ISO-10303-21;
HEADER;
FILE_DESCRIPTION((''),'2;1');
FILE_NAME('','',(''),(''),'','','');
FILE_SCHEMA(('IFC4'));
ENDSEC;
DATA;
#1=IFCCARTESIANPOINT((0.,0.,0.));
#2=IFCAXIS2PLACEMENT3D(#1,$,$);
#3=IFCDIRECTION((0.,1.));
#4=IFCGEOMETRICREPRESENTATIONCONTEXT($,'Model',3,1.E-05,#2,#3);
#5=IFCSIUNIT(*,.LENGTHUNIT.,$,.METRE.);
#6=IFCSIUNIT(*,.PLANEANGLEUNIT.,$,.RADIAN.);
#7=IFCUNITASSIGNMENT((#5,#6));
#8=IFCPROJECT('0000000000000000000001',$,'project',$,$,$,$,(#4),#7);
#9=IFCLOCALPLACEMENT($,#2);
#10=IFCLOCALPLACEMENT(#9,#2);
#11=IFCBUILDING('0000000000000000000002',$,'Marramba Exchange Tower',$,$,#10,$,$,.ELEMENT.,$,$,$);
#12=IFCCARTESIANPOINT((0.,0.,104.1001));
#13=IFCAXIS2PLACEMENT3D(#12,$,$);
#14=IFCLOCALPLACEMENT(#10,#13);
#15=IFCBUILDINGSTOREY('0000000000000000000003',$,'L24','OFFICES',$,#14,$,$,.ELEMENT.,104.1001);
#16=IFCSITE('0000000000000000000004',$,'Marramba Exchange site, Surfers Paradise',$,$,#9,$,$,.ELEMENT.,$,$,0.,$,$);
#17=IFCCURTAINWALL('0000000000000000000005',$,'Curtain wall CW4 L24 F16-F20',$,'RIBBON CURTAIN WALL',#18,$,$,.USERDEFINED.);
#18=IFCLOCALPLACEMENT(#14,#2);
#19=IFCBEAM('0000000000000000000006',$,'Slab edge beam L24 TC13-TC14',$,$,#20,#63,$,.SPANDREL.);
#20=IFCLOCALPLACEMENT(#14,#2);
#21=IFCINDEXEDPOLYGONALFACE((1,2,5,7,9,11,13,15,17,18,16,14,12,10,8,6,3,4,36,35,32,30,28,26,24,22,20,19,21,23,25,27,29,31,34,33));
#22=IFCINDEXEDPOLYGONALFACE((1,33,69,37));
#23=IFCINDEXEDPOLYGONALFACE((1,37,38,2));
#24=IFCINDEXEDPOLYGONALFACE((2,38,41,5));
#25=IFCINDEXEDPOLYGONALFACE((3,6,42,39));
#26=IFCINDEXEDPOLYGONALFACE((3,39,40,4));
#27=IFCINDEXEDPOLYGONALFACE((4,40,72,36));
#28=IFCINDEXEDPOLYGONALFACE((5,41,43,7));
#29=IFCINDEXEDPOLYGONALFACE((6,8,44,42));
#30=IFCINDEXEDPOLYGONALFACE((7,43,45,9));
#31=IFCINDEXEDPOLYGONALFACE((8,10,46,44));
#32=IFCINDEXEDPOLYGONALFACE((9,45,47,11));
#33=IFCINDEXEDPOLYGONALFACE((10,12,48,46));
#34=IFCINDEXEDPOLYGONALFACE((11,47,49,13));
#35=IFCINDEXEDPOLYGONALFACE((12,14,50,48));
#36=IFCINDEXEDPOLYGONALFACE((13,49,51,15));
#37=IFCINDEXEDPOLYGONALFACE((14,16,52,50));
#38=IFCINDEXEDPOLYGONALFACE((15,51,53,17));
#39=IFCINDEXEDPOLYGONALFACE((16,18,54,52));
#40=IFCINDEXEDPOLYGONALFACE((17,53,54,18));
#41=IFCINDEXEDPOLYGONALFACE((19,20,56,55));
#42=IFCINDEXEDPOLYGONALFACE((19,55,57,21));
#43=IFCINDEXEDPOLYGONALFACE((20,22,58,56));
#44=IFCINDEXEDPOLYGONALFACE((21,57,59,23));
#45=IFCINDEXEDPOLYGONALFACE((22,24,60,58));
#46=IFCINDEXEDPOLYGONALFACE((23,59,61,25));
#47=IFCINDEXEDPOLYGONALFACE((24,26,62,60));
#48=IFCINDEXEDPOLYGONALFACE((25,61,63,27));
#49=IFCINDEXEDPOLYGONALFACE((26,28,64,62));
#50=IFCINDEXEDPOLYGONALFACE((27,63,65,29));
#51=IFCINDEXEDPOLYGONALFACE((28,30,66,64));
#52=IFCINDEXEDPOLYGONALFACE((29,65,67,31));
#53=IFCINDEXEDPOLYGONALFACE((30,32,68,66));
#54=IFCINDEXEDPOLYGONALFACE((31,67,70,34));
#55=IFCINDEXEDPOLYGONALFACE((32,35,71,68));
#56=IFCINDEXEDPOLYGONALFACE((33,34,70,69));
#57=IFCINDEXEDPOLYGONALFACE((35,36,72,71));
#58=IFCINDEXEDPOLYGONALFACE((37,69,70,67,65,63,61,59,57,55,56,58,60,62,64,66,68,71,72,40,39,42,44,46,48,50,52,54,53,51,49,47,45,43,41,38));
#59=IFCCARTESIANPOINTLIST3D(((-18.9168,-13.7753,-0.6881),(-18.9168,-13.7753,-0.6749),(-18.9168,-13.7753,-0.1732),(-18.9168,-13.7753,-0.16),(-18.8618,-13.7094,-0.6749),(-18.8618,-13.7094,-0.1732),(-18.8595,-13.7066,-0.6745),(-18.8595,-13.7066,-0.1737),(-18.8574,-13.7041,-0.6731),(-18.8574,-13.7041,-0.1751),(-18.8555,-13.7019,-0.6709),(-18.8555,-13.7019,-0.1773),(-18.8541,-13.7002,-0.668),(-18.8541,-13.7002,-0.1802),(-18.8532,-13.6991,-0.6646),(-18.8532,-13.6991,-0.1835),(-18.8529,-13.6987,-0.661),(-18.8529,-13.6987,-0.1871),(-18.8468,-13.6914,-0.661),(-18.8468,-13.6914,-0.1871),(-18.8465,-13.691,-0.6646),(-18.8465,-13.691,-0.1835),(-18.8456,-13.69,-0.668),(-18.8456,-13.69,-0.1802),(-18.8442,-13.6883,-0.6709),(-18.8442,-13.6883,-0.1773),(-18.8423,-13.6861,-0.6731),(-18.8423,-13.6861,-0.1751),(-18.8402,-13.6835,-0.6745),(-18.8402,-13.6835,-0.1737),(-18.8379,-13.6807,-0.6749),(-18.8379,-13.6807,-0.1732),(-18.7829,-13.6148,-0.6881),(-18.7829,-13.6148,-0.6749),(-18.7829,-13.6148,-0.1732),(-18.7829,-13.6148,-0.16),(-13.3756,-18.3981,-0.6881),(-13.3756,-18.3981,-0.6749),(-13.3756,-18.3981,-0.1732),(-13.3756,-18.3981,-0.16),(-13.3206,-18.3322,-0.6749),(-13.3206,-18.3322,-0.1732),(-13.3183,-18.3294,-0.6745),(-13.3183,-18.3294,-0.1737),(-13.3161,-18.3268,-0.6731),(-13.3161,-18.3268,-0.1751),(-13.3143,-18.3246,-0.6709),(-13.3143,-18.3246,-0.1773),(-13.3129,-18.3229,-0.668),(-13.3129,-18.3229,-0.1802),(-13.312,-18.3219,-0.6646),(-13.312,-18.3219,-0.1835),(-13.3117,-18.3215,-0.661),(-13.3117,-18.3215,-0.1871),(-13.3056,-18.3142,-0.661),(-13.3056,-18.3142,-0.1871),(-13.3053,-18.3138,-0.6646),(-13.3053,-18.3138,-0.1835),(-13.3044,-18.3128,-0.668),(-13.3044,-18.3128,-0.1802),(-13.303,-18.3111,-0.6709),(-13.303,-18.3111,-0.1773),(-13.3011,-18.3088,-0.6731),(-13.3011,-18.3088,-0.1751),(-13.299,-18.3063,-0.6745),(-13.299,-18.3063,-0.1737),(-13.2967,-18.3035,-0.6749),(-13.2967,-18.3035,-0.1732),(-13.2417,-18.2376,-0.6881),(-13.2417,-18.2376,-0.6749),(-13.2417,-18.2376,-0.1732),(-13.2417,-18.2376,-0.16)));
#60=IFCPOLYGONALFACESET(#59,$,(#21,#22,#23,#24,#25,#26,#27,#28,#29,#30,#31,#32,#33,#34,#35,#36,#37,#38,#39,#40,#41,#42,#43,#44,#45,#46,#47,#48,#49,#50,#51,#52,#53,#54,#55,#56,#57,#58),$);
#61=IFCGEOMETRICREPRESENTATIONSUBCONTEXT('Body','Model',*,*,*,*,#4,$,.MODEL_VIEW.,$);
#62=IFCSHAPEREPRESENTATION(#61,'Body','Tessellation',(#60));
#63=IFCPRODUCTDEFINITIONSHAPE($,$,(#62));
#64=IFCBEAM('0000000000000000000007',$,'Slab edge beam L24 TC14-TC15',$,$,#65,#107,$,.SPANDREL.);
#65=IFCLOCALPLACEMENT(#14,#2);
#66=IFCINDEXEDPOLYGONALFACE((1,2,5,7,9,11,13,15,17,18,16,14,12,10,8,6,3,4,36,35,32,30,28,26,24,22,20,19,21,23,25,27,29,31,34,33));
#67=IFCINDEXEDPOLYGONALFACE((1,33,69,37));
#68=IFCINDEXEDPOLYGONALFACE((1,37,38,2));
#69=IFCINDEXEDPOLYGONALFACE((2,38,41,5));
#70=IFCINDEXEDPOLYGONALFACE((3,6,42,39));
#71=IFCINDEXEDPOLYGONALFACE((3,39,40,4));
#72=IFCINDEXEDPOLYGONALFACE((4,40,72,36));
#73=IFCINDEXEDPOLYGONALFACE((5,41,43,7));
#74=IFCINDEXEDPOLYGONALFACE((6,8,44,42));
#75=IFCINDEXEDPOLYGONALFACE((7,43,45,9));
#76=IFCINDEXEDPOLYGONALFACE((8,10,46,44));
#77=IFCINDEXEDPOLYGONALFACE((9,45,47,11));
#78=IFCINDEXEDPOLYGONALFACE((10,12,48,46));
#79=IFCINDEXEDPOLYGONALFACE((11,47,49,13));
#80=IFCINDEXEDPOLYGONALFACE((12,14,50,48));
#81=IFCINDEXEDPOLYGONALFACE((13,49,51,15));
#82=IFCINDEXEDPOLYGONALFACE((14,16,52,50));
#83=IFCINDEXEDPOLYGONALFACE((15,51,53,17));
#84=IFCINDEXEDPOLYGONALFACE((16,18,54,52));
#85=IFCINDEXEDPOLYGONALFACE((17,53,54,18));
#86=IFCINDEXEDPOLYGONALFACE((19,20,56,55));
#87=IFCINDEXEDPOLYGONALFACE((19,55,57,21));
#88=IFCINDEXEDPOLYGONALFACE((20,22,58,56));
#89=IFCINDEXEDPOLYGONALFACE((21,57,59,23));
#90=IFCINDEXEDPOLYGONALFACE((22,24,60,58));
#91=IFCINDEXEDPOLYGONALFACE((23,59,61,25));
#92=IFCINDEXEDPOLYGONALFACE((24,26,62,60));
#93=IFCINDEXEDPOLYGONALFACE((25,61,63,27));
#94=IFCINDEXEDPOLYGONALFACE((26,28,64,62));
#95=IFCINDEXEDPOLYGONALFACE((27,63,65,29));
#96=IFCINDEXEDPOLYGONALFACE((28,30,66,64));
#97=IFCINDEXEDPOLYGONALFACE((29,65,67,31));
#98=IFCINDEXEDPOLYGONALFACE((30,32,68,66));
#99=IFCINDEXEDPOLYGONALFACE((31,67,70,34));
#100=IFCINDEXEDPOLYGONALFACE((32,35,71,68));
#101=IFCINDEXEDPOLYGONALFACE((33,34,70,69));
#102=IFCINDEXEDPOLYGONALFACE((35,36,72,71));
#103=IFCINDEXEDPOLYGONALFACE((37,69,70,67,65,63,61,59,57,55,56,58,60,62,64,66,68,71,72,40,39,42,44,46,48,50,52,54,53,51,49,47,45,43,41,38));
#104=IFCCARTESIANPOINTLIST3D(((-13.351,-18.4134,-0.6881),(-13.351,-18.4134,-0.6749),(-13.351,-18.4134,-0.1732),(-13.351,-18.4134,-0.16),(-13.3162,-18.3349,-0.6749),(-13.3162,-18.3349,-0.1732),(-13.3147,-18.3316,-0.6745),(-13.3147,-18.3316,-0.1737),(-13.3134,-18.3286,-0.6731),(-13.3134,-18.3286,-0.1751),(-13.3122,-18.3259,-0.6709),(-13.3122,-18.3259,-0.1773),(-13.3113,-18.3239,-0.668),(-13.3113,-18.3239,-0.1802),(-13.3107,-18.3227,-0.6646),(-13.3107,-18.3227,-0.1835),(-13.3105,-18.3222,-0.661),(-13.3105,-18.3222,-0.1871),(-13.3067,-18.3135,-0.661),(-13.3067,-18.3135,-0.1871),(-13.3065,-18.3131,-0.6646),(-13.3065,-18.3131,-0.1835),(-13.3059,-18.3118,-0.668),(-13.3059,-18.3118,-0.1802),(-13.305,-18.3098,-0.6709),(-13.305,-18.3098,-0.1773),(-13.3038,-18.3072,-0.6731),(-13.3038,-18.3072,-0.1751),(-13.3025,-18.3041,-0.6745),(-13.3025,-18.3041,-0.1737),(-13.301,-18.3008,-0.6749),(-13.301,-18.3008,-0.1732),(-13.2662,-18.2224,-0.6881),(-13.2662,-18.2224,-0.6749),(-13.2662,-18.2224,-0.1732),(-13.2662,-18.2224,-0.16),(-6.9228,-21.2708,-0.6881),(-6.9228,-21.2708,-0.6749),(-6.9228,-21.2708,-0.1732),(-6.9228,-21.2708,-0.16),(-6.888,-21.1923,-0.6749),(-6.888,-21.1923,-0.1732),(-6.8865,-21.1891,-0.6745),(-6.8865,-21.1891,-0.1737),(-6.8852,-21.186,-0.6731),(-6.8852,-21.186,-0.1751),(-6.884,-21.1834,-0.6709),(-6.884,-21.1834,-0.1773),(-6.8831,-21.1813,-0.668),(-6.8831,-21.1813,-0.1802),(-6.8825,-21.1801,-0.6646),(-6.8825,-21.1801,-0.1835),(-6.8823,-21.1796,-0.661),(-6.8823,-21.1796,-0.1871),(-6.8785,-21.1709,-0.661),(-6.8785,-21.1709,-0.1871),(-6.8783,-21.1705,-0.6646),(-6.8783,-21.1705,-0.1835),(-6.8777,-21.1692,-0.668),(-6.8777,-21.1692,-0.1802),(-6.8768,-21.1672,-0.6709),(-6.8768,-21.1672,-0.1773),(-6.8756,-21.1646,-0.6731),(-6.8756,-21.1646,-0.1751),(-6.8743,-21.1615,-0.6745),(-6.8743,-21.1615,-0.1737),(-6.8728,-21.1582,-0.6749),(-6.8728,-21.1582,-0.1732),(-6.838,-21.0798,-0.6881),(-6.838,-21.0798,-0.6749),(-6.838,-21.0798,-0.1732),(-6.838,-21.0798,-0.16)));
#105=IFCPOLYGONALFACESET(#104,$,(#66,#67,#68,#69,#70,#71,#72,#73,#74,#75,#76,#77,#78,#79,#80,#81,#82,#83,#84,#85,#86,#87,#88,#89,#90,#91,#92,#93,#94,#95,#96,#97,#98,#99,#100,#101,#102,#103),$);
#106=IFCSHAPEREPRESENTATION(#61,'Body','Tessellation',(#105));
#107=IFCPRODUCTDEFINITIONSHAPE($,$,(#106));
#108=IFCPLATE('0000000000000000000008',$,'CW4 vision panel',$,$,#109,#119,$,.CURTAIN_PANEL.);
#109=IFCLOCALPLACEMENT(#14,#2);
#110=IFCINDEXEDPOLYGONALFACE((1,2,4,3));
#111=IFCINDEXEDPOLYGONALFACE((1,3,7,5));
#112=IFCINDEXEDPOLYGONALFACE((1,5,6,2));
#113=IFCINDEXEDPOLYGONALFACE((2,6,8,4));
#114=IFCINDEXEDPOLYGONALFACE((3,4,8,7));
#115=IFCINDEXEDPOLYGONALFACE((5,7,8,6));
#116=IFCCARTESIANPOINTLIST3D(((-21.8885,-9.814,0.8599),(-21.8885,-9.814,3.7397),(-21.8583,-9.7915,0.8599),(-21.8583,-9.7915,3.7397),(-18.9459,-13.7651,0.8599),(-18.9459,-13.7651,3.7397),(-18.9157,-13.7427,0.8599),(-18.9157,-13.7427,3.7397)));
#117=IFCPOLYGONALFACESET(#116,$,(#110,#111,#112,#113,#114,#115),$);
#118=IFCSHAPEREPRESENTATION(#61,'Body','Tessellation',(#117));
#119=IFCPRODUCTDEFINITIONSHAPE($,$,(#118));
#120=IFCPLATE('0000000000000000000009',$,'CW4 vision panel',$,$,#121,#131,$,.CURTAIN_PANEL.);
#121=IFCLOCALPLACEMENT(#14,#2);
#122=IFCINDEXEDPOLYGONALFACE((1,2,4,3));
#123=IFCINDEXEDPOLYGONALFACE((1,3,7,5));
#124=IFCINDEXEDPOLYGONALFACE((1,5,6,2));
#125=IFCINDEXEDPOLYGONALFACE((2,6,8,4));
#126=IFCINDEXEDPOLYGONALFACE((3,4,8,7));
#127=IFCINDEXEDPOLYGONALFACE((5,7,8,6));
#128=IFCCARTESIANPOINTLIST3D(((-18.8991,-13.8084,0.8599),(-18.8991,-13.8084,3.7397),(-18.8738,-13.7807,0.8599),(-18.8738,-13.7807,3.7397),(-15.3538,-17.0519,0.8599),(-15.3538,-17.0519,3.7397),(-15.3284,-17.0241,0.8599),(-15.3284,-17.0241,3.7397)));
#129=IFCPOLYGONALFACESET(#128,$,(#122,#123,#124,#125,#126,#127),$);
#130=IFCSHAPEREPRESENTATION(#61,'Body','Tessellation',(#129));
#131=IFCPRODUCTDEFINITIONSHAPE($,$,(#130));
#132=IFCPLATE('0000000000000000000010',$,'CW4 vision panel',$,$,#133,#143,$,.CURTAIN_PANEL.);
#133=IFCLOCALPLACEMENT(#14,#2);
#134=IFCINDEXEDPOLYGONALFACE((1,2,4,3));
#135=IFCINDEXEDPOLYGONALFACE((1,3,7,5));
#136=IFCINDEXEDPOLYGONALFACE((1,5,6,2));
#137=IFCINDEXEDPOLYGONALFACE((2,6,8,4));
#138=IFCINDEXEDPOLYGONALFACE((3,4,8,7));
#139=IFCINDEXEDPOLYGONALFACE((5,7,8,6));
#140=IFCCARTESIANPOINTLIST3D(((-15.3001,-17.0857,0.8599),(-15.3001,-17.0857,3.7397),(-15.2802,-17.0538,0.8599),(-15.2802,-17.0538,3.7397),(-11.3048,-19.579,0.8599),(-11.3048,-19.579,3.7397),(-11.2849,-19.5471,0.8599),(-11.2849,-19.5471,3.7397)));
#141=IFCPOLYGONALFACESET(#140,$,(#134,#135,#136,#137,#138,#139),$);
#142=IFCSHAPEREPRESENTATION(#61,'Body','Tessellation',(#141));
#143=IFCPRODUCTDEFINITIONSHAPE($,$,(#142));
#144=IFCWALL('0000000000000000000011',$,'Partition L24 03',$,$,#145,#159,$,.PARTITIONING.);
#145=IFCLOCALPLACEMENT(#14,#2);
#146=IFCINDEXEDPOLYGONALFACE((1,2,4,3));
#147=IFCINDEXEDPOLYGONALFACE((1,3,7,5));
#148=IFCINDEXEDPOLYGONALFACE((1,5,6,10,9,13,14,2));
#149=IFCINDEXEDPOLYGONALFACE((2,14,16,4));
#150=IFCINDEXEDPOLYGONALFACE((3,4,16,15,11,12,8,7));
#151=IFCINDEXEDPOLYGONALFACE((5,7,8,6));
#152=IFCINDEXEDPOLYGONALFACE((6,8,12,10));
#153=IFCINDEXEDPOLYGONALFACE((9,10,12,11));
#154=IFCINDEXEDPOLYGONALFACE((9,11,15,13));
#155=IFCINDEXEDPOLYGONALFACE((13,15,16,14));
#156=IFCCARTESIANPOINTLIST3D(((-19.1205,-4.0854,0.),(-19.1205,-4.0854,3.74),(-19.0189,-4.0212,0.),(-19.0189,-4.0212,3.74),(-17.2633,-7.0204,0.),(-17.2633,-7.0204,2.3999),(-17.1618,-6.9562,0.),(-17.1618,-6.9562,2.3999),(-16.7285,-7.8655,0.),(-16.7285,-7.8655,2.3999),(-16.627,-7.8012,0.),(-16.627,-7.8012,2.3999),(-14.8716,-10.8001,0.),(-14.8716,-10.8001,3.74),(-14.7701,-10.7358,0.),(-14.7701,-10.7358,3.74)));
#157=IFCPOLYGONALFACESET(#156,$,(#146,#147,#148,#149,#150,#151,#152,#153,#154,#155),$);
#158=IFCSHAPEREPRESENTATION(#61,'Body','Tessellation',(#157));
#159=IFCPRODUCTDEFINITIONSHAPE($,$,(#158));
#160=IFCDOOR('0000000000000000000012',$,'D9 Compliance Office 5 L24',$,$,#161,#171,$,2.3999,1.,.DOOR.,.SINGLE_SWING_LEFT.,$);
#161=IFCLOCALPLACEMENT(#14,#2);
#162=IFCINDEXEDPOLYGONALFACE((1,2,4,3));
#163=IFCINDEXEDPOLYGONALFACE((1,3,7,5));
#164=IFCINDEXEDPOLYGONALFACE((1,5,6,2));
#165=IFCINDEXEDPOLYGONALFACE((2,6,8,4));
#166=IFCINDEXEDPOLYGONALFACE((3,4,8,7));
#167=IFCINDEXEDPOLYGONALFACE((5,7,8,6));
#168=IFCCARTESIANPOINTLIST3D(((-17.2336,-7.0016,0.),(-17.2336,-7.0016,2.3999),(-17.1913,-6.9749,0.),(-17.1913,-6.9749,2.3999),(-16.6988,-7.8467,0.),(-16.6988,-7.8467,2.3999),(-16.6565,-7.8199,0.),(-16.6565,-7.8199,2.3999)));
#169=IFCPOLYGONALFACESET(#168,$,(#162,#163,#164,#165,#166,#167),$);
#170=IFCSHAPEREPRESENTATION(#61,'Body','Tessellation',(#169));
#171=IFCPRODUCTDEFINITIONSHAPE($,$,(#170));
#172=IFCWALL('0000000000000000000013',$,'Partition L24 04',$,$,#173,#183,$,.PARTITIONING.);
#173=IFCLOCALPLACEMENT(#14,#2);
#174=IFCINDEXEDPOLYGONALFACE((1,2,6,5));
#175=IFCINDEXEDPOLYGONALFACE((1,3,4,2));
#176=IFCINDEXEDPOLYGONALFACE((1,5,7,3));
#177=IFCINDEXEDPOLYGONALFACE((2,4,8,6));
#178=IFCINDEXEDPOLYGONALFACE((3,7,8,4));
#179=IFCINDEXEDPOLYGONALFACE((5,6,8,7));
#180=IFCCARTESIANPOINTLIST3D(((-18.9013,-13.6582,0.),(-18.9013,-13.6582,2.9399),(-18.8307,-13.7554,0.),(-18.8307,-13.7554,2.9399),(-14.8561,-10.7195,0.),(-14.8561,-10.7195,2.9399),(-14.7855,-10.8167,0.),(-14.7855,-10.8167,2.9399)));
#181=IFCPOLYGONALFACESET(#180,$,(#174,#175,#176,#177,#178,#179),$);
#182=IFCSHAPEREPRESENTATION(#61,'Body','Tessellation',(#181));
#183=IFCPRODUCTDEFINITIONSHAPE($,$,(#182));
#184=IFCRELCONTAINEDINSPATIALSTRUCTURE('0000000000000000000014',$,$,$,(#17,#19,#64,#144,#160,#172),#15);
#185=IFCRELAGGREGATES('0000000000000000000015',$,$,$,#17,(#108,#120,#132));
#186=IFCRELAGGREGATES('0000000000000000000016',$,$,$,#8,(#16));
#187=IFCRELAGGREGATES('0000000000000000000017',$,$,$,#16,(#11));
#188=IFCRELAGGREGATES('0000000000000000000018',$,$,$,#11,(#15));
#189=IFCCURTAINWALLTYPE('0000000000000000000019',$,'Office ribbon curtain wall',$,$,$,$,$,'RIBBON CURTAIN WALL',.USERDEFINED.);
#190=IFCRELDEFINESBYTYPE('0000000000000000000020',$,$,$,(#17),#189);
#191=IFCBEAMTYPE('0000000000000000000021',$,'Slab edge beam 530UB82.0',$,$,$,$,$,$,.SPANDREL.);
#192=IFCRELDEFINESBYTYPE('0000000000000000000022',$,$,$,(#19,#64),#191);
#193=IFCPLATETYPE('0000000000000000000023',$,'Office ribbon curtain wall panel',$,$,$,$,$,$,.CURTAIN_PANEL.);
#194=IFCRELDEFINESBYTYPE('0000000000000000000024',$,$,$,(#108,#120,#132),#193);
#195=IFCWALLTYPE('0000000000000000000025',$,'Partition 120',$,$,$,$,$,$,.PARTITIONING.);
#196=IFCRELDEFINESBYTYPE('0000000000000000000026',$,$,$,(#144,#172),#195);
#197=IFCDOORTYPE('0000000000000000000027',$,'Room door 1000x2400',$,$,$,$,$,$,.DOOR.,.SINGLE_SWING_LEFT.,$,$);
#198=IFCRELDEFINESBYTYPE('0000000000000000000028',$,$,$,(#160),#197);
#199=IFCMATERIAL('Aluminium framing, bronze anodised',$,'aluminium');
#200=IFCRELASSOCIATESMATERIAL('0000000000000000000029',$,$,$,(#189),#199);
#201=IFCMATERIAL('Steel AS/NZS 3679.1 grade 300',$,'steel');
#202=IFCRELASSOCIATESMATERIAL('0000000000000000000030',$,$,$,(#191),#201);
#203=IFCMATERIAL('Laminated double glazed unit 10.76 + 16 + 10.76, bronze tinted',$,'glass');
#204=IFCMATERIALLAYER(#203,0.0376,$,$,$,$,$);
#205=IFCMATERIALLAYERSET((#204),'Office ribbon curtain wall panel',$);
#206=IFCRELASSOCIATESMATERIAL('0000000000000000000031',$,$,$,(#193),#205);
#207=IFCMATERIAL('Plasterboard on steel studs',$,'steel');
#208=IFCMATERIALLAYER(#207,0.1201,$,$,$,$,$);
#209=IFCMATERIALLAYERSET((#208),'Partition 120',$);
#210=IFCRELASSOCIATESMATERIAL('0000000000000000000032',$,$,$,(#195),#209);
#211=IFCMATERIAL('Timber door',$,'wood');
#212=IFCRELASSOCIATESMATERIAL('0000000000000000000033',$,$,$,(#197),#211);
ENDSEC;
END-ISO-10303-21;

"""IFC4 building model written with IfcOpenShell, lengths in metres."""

from ifc_helpers import new_model, si_unit, direction, frame, frame_2d, origin, origin_2d, place, context, subcontext, project, spatial, rectangle, i_section, extrude, material, layer, layer_set, material_profile, profile_set, type_object, element, fill, aggregate, save


model = new_model("IFC4")

# Units and contexts
model_context = context("Model", 3, precision=1e-05, world=origin(), true_north=direction((0.0, 1.0)))
body_context = subcontext(model_context, "Body", "Model", "MODEL_VIEW")
ifc_project = project(units=[si_unit("LENGTHUNIT", "METRE"), si_unit("PLANEANGLEUNIT", "RADIAN")], contexts=[model_context])

# Site, building, storey
site_placement = place(None, origin())
site = spatial("IfcSite", under=ifc_project, at=site_placement, Name="Marramba Exchange site, Surfers Paradise", CompositionType="ELEMENT", RefElevation=0.0)
building_placement = place(site_placement, origin())
building = spatial("IfcBuilding", under=site, at=building_placement, Name="Marramba Exchange Tower", CompositionType="ELEMENT")
storey_placement = place(building_placement, frame((0.0, 0.0, 104.1001)))
storey = spatial("IfcBuildingStorey", under=building, at=storey_placement, Name="L24", Description="OFFICES", CompositionType="ELEMENT", Elevation=104.1001)

# Curtain wall
ifc_material_1 = material(Name="Aluminium framing, bronze anodised", Category="aluminium")
curtain_wall_type = type_object("IfcCurtainWallType", Name="Office ribbon curtain wall", ElementType="RIBBON CURTAIN WALL", PredefinedType="USERDEFINED", material=ifc_material_1)
curtain_wall_placement = place(storey_placement, origin())
curtain_wall = element("IfcCurtainWall", 1, at=curtain_wall_placement, inside=storey, type_object=curtain_wall_type, Name="Curtain wall CW4 L24 F16-F20", ObjectType="RIBBON CURTAIN WALL", PredefinedType="USERDEFINED")

# Beams
ifc_material_2 = material(Name="Steel AS/NZS 3679.1 grade 300", Category="steel")
ifc_material_profile_1 = material_profile(ifc_material_2, i_section(OverallWidth=0.209, OverallDepth=0.5281, WebThickness=0.0095, FlangeThickness=0.0132, FilletRadius=0.0139, at=origin_2d()), Name="530UB82.0")
ifc_profile_set_1 = profile_set([ifc_material_profile_1], Name="Steel AS/NZS 3679.1 grade 300")
beam_type_1 = type_object("IfcBeamType", Name="Slab edge beam 530UB82.0", PredefinedType="SPANDREL", material=ifc_profile_set_1)
beam_1_placement = place(storey_placement, frame((-18.8499, -13.6951, -0.4241), z_axis=(0.767875, -0.6406, 0.0), x_axis=(0.6406, 0.767875, 0.0)))
element("IfcBeam", 2, at=beam_1_placement, inside=storey, type_object=beam_type_1, Name="Slab edge beam L24 TC13-TC14", PredefinedType="SPANDREL", context=body_context, shape_type="SweptSolid", body=[
    extrude(i_section(OverallWidth=0.209, OverallDepth=0.5281, WebThickness=0.0095, FlangeThickness=0.0132, FilletRadius=0.0139, at=origin_2d()), origin(), (0.0, 0.0, 1.0), 7.2163),
])
beam_2_placement = place(storey_placement, frame((-13.3086, -18.3179, -0.4241), z_axis=(0.913789, -0.40619, 0.0), x_axis=(0.40619, 0.913789, 0.0)))
element("IfcBeam", 3, at=beam_2_placement, inside=storey, type_object=beam_type_1, Name="Slab edge beam L24 TC14-TC15", PredefinedType="SPANDREL", context=body_context, shape_type="SweptSolid", body=[
    extrude(i_section(OverallWidth=0.209, OverallDepth=0.5281, WebThickness=0.0095, FlangeThickness=0.0132, FilletRadius=0.0139, at=origin_2d()), origin(), (0.0, 0.0, 1.0), 7.0347),
])

# Plates
ifc_material_3 = material(Name="Laminated double glazed unit 10.76 + 16 + 10.76, bronze tinted", Category="glass")
ifc_layer_1 = layer(ifc_material_3, 0.0376)
ifc_layer_set_1 = layer_set([ifc_layer_1], Name="Office ribbon curtain wall panel")
plate_type = type_object("IfcPlateType", Name="Office ribbon curtain wall panel", PredefinedType="CURTAIN_PANEL", material=ifc_layer_set_1)
plate_1_placement = place(storey_placement, frame((-20.4021, -11.7783, 0.8599), z_axis=(0.0, 0.0, 1.0), x_axis=(0.597305, -0.802014, 0.0)))
plate_1 = element("IfcPlate", 4, at=plate_1_placement, type_object=plate_type, Name="CW4 vision panel", PredefinedType="CURTAIN_PANEL", context=body_context, shape_type="SweptSolid", body=[
    extrude(rectangle(XDim=4.9265, YDim=0.0376, at=origin_2d()), origin(), (0.0, 0.0, 1.0), 2.8799),
])
plate_2_placement = place(storey_placement, frame((-17.1138, -15.4163, 0.8599), z_axis=(0.0, 0.0, 1.0), x_axis=(0.737822, -0.674995, 0.0)))
plate_2 = element("IfcPlate", 5, at=plate_2_placement, type_object=plate_type, Name="CW4 vision panel", PredefinedType="CURTAIN_PANEL", context=body_context, shape_type="SweptSolid", body=[
    extrude(rectangle(XDim=4.8052, YDim=0.0376, at=origin_2d()), origin(), (0.0, 0.0, 1.0), 2.8799),
])
plate_3_placement = place(storey_placement, frame((-13.2925, -18.3164, 0.8599), z_axis=(0.0, 0.0, 1.0), x_axis=(0.848355, -0.529428, 0.0)))
plate_3 = element("IfcPlate", 6, at=plate_3_placement, type_object=plate_type, Name="CW4 vision panel", PredefinedType="CURTAIN_PANEL", context=body_context, shape_type="SweptSolid", body=[
    extrude(rectangle(XDim=4.7095, YDim=0.0376, at=origin_2d()), origin(), (0.0, 0.0, 1.0), 2.8799),
])
aggregate(curtain_wall, [plate_1, plate_2, plate_3])

# Wall, opening, door
ifc_material_4 = material(Name="Plasterboard on steel studs", Category="steel")
ifc_layer_2 = layer(ifc_material_4, 0.1201)
ifc_layer_set_2 = layer_set([ifc_layer_2], Name="Partition 120")
wall_type = type_object("IfcWallType", Name="Partition 120", PredefinedType="PARTITIONING", material=ifc_layer_set_2)
wall_1_placement = place(storey_placement, frame((-14.8208, -10.7681, 0.0), z_axis=(0.0, 0.0, 1.0), x_axis=(-0.534711, 0.845035, 0.0)))
wall_1 = element("IfcWall", 7, at=wall_1_placement, inside=storey, type_object=wall_type, Name="Partition L24 03", PredefinedType="PARTITIONING", context=body_context, shape_type="SweptSolid", body=[
    extrude(rectangle(XDim=7.946, YDim=0.1201, at=frame_2d((3.9731, 0.0))), origin(), (0.0, 0.0, 1.0), 3.74),
])
opening_1_placement = place(wall_1_placement, frame((3.4729, 0.0, 0.0)))
opening_1 = element("IfcOpeningElement", 8, at=opening_1_placement, cuts=wall_1, PredefinedType="OPENING", context=body_context, shape_type="SweptSolid", body=[
    extrude(rectangle(XDim=1.0, YDim=2.3999, at=frame_2d((0.5, 1.2))), frame((0.0, 0.0701, 0.0), z_axis=(0.0, -1.0, 0.0), x_axis=(1.0, 0.0, 0.0)), (0.0, 0.0, 1.0), 0.1401),
])
ifc_material_5 = material(Name="Timber door", Category="wood")
door_type = type_object("IfcDoorType", Name="Room door 1000x2400", OperationType="SINGLE_SWING_LEFT", PredefinedType="DOOR", material=ifc_material_5)
door_1_placement = place(opening_1_placement, origin())
door_1 = element("IfcDoor", 9, at=door_1_placement, inside=storey, type_object=door_type, Name="D9 Compliance Office 5 L24", OperationType="SINGLE_SWING_LEFT", OverallHeight=2.3999, OverallWidth=1.0, PredefinedType="DOOR", context=body_context, shape_type="SweptSolid", body=[
    extrude(rectangle(XDim=1.0, YDim=2.3999, at=frame_2d((0.5, 1.2))), frame((0.0, 0.0249, 0.0), z_axis=(0.0, -1.0, 0.0), x_axis=(1.0, 0.0, 0.0)), (0.0, 0.0, 1.0), 0.05),
])
fill(opening_1, door_1)

# Wall
wall_2_placement = place(storey_placement, frame((-14.8208, -10.7681, 0.0), z_axis=(0.0, 0.0, 1.0), x_axis=(-0.809042, -0.587751, 0.0)))
element("IfcWall", 10, at=wall_2_placement, inside=storey, type_object=wall_type, Name="Partition L24 04", PredefinedType="PARTITIONING", context=body_context, shape_type="SweptSolid", body=[
    extrude(rectangle(XDim=5.0, YDim=0.1201, at=frame_2d((2.5, 0.0))), origin(), (0.0, 0.0, 1.0), 2.9399),
])

save(model, "model.ifc")
